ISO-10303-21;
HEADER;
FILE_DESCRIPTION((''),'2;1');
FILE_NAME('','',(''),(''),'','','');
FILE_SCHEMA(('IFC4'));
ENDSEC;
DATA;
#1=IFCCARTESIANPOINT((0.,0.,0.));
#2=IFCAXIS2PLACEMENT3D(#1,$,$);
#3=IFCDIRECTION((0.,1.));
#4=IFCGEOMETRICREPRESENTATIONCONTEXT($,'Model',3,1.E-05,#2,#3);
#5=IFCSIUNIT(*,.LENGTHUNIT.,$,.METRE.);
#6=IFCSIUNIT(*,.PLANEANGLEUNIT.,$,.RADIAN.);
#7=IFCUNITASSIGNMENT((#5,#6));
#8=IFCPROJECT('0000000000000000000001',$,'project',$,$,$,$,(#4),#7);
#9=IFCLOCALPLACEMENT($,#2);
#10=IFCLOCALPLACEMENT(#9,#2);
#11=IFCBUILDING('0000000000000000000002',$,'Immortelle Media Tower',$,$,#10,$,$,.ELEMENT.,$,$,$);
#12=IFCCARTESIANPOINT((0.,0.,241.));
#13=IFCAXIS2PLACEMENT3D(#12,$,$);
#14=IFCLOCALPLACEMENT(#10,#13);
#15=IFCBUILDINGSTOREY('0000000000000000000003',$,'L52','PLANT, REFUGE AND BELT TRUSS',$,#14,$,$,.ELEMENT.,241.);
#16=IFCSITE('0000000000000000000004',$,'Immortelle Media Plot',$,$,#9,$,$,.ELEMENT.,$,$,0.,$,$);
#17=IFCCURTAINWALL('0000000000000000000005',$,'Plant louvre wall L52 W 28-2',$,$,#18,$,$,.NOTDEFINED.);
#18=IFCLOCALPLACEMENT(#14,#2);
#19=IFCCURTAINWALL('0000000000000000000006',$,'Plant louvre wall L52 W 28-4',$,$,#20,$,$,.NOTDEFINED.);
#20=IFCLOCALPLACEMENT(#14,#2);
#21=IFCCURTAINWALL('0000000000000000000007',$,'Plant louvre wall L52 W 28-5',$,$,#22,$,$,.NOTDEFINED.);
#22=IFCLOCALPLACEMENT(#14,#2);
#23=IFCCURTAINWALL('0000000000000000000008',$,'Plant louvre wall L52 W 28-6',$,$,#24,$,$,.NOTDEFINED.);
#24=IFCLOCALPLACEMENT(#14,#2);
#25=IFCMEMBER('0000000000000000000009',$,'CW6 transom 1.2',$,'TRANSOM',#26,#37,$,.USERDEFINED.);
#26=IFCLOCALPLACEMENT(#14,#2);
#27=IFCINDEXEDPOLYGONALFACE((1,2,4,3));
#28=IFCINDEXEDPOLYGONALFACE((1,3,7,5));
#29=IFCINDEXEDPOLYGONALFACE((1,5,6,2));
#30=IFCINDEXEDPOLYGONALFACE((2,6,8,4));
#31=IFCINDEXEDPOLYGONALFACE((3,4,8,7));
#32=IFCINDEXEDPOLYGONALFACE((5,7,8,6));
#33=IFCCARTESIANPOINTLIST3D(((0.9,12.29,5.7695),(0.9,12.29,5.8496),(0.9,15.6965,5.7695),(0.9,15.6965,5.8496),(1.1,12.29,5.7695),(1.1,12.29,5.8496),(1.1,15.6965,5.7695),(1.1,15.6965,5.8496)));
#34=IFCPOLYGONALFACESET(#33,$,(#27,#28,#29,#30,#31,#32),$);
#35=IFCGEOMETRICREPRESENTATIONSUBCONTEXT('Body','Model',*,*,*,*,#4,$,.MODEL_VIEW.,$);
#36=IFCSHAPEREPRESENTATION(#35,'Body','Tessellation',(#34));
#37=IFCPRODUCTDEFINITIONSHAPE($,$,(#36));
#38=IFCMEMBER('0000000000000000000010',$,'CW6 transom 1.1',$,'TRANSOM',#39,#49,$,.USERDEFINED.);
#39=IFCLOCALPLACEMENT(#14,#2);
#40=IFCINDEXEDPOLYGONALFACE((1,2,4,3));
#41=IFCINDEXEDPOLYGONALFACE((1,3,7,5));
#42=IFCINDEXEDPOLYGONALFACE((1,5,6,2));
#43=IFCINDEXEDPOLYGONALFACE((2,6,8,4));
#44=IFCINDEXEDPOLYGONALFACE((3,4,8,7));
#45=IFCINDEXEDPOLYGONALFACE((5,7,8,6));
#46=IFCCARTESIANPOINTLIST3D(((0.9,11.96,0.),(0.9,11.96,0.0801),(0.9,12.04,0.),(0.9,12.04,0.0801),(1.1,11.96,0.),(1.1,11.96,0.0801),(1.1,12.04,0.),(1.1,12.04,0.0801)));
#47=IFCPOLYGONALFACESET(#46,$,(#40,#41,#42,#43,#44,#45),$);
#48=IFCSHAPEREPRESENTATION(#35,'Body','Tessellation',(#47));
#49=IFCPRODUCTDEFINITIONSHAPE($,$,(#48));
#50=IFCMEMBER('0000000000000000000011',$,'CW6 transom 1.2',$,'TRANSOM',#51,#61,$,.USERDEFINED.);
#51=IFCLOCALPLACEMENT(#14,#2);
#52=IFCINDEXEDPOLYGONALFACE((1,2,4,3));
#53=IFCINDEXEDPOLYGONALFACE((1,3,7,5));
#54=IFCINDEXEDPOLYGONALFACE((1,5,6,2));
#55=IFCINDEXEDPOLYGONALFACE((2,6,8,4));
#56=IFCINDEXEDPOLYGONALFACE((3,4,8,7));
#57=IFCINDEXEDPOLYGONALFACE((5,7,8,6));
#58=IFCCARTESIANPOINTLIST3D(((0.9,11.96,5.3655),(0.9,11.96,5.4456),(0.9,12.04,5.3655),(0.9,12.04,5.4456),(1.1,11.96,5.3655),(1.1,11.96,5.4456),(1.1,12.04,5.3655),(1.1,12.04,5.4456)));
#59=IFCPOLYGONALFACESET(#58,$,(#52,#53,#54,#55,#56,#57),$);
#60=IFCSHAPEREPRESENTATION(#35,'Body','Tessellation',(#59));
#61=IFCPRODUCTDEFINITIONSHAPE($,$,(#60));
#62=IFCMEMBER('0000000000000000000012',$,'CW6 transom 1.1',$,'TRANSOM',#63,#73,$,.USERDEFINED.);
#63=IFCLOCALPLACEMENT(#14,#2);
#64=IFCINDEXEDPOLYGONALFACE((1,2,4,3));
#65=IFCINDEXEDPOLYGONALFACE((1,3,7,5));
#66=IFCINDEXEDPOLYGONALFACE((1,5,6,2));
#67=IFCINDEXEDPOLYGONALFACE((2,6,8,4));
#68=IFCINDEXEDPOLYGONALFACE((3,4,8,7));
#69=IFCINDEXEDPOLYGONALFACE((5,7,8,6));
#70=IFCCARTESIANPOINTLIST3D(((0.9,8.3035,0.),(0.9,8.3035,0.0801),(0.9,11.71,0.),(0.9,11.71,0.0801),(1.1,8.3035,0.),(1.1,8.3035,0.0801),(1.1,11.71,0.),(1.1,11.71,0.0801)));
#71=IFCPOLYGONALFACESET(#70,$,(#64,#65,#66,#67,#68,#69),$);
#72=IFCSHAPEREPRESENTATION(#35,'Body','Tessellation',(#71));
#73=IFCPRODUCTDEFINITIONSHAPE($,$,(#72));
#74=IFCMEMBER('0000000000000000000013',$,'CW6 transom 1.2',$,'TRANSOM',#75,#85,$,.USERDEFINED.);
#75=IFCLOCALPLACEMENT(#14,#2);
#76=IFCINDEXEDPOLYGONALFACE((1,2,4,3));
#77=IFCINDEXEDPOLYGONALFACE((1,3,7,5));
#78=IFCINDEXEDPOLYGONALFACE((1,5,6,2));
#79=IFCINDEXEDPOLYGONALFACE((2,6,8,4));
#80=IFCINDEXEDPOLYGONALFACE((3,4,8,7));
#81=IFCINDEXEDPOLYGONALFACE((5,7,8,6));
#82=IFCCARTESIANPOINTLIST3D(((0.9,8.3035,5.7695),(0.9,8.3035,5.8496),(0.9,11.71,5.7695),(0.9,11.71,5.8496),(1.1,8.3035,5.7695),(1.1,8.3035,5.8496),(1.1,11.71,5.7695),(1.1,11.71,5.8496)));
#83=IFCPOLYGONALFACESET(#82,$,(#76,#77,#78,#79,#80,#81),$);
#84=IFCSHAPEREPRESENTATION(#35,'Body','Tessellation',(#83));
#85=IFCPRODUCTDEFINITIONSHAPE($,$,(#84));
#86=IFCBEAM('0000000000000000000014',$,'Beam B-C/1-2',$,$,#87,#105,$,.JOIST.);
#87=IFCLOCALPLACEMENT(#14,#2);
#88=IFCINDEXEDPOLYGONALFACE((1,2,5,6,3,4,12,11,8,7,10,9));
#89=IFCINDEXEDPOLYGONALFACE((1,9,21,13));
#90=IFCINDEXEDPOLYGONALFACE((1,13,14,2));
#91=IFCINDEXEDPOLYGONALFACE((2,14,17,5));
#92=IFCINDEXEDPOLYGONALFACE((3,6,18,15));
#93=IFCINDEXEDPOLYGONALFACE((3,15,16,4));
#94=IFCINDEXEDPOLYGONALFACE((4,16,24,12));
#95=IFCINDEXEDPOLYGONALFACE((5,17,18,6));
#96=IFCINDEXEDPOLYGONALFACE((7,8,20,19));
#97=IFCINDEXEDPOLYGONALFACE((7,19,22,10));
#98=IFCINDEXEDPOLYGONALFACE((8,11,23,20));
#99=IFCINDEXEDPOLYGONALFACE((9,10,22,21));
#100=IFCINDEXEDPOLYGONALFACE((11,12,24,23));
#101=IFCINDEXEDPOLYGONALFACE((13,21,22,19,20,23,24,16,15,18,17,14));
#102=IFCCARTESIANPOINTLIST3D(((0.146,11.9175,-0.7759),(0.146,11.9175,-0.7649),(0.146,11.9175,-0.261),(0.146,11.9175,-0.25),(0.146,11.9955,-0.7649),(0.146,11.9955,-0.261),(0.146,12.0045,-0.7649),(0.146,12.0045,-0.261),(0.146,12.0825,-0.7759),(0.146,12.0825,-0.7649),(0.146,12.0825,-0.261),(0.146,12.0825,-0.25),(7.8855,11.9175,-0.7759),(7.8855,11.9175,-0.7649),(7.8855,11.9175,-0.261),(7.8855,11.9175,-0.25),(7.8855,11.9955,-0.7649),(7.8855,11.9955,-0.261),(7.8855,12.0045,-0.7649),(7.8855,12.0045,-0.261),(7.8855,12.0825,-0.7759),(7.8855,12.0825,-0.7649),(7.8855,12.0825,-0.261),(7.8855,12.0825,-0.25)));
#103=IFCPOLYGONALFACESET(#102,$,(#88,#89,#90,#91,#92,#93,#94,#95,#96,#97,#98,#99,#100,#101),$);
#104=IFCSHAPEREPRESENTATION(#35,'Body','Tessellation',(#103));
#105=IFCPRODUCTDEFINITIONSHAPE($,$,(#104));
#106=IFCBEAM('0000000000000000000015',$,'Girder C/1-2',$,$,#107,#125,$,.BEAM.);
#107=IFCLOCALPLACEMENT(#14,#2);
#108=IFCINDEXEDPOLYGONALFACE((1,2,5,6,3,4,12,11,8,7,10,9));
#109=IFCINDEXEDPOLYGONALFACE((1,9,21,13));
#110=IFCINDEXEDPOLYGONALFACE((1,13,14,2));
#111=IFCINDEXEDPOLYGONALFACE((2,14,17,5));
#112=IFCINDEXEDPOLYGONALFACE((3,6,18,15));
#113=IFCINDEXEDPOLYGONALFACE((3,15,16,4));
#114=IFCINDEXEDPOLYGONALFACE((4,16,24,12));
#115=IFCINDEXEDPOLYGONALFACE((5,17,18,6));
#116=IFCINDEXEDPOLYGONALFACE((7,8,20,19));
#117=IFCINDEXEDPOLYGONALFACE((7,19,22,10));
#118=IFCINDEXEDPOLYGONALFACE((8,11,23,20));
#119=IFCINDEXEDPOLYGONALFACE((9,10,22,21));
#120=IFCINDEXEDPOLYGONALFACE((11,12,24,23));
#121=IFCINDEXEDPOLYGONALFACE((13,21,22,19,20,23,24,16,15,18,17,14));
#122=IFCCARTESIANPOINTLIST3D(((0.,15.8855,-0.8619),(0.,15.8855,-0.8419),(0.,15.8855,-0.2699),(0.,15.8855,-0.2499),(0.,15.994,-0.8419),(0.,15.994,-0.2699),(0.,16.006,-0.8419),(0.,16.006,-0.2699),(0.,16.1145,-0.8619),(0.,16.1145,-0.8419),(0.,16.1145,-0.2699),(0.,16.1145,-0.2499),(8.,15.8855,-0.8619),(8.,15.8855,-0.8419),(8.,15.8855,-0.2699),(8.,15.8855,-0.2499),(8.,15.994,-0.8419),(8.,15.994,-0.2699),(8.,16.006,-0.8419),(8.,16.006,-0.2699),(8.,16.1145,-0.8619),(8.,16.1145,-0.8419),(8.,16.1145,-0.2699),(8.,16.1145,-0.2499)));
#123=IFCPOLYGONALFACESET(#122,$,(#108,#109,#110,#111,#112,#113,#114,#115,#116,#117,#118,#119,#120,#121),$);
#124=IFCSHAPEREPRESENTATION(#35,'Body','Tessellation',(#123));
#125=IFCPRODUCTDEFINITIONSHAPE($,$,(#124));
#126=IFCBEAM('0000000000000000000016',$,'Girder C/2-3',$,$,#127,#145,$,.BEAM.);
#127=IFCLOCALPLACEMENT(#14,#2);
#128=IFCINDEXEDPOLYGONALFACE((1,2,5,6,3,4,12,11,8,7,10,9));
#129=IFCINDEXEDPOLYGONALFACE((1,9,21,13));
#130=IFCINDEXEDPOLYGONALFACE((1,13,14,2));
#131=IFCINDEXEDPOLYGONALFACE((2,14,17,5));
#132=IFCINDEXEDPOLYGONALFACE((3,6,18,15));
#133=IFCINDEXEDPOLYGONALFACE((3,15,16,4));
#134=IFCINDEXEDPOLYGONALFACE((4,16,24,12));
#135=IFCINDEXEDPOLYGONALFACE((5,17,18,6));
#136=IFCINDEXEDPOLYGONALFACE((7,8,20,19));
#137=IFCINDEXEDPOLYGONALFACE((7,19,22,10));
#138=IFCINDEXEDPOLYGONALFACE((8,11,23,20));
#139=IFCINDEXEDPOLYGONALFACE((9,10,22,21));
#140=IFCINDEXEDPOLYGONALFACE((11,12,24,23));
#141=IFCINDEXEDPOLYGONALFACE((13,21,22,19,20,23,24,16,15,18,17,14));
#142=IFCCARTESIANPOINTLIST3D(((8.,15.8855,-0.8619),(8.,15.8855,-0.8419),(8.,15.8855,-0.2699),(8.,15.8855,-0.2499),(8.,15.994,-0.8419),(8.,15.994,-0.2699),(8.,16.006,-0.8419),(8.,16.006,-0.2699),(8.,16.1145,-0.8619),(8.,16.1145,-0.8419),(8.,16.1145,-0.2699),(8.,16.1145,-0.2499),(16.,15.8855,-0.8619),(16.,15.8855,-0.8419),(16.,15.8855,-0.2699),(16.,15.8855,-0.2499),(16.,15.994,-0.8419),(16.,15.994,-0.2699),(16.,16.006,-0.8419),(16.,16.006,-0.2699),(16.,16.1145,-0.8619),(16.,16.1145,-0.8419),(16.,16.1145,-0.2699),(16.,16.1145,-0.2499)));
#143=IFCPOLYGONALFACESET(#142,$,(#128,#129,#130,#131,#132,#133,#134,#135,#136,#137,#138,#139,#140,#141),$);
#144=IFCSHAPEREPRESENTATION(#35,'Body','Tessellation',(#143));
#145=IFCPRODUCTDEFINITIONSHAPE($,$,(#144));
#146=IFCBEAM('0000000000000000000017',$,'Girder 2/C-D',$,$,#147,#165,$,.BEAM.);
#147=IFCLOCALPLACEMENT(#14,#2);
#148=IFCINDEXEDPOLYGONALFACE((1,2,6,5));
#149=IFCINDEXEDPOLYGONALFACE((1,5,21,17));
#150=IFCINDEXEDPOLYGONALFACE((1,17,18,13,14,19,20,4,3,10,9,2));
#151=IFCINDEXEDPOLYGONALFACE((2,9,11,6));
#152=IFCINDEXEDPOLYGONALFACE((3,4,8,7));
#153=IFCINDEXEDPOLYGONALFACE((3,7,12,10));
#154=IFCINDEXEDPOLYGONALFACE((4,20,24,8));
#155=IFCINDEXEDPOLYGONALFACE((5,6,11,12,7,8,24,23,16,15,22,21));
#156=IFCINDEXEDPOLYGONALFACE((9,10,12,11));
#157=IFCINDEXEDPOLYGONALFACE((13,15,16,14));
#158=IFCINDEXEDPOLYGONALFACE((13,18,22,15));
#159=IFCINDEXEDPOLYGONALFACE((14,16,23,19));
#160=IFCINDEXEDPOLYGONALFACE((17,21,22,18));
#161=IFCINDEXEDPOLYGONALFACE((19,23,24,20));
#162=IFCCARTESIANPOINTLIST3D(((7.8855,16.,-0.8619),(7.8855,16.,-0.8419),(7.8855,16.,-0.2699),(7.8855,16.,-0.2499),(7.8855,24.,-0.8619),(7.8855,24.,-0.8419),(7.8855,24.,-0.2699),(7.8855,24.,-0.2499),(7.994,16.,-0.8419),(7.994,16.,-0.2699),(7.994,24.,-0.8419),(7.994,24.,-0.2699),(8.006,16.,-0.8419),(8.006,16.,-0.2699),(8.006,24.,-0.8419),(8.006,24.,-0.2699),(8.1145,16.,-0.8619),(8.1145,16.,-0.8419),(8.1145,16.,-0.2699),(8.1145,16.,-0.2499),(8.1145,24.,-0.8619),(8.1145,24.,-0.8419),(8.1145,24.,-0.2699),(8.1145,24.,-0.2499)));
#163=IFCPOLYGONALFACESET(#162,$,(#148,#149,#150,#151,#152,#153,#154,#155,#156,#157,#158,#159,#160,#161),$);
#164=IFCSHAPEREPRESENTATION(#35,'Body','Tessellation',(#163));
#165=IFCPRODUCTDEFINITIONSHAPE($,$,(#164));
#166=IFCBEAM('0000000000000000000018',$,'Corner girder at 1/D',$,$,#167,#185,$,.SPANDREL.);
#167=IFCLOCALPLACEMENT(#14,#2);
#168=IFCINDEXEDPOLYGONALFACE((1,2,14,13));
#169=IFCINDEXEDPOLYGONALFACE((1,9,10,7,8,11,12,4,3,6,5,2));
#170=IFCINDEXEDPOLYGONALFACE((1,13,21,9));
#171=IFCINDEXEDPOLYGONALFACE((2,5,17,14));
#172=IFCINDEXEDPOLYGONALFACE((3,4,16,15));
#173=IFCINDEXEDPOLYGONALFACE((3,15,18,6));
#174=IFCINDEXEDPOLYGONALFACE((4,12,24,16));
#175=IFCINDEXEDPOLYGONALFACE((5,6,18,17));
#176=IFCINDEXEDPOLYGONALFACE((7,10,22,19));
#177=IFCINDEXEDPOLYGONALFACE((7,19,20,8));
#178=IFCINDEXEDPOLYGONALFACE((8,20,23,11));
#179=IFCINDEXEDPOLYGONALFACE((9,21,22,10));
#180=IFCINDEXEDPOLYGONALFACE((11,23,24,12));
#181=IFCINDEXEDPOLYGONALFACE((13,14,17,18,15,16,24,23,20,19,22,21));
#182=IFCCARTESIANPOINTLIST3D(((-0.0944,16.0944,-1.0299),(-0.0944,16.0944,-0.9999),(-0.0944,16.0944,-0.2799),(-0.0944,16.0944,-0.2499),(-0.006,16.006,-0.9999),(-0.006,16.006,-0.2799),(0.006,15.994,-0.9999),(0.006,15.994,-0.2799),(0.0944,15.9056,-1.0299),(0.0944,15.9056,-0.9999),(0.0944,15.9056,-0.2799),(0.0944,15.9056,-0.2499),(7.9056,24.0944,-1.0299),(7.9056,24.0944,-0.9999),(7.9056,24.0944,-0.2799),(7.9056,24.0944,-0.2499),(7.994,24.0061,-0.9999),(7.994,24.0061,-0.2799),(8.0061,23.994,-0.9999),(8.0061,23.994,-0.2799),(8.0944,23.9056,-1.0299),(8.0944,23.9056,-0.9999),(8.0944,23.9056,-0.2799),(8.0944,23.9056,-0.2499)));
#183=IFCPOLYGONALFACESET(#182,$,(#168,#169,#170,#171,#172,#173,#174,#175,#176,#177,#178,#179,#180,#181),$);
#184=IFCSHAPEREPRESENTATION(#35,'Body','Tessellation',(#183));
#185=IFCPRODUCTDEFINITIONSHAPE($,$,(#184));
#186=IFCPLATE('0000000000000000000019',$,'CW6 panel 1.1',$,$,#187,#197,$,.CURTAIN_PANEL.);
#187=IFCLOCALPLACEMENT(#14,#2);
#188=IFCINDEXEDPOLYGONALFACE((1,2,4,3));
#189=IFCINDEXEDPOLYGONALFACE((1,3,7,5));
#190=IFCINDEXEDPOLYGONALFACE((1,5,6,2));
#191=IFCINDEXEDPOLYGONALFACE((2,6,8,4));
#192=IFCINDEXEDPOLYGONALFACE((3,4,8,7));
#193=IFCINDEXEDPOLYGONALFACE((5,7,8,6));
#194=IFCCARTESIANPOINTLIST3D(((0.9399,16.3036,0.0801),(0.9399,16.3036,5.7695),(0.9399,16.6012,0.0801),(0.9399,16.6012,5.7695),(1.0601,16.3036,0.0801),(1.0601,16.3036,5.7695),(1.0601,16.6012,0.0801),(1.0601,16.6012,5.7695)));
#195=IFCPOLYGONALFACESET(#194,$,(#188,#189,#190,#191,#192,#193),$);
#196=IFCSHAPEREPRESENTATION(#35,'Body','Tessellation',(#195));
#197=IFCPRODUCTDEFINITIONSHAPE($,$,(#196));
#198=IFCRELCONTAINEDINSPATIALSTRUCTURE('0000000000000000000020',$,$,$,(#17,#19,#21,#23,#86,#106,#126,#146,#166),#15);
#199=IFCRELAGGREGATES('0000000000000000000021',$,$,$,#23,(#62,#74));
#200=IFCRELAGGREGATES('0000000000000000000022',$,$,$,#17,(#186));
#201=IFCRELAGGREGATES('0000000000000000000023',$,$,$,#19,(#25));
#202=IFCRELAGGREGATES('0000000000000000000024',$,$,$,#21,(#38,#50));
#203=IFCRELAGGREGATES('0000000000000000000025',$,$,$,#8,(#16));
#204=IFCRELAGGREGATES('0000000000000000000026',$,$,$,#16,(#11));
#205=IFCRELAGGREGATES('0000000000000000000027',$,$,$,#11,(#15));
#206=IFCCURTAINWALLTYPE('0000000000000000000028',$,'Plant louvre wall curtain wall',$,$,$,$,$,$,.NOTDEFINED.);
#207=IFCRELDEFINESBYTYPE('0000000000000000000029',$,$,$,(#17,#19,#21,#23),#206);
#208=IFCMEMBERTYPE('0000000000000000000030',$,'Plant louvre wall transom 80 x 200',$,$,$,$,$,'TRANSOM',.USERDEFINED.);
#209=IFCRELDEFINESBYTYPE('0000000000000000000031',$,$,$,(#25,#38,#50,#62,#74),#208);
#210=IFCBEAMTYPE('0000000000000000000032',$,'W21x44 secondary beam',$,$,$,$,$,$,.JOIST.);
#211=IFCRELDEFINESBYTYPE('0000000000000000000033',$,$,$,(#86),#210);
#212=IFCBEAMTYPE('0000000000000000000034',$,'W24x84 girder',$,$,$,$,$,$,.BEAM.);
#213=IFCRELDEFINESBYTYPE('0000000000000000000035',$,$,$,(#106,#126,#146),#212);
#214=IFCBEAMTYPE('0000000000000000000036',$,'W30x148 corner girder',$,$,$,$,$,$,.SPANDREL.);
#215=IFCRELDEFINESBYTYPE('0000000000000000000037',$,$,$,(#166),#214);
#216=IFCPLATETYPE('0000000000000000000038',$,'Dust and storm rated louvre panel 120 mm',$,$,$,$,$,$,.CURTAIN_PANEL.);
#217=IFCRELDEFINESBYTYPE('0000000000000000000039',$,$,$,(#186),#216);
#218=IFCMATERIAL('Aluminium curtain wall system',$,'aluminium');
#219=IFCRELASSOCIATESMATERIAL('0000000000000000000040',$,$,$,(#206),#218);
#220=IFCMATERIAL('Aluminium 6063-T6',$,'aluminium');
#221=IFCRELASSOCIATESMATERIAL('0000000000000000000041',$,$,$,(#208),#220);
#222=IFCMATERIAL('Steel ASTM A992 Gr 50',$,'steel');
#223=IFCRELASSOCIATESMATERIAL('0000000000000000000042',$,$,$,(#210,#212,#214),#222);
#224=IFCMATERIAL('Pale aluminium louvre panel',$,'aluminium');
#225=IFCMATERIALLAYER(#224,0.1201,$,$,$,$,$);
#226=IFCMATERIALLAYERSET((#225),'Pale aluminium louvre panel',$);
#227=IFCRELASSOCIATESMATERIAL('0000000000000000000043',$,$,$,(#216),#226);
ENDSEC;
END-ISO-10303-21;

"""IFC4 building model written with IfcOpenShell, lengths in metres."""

from ifc_helpers import new_model, si_unit, direction, frame, origin, origin_2d, place, context, subcontext, project, spatial, rectangle, i_section, extrude, material, layer, layer_set, material_profile, profile_set, type_object, element, aggregate, save


model = new_model("IFC4")

# Units and contexts
model_context = context("Model", 3, precision=1e-05, world=origin(), true_north=direction((0.0, 1.0)))
body_context = subcontext(model_context, "Body", "Model", "MODEL_VIEW")
ifc_project = project(units=[si_unit("LENGTHUNIT", "METRE"), si_unit("PLANEANGLEUNIT", "RADIAN")], contexts=[model_context])

# Site, building, storey
site_placement = place(None, origin())
site = spatial("IfcSite", under=ifc_project, at=site_placement, Name="Immortelle Media Plot", CompositionType="ELEMENT", RefElevation=0.0)
building_placement = place(site_placement, origin())
building = spatial("IfcBuilding", under=site, at=building_placement, Name="Immortelle Media Tower", CompositionType="ELEMENT")
storey_placement = place(building_placement, frame((0.0, 0.0, 241.0)))
storey = spatial("IfcBuildingStorey", under=building, at=storey_placement, Name="L52", Description="PLANT, REFUGE AND BELT TRUSS", CompositionType="ELEMENT", Elevation=241.0)

# Shared definitions
ifc_material_1 = material(Name="Steel ASTM A992 Gr 50", Category="steel")

# Curtain wall
ifc_material_2 = material(Name="Aluminium curtain wall system", Category="aluminium")
curtain_wall_type = type_object("IfcCurtainWallType", Name="Plant louvre wall curtain wall", PredefinedType="NOTDEFINED", material=ifc_material_2)
curtain_wall_1_placement = place(storey_placement, origin())
curtain_wall_1 = element("IfcCurtainWall", 1, at=curtain_wall_1_placement, inside=storey, type_object=curtain_wall_type, Name="Plant louvre wall L52 W 28-2", PredefinedType="NOTDEFINED")
ifc_material_3 = material(Name="Aluminium 6063-T6", Category="aluminium")

# Curtain walls
curtain_wall_2_placement = place(storey_placement, origin())
curtain_wall_2 = element("IfcCurtainWall", 2, at=curtain_wall_2_placement, inside=storey, type_object=curtain_wall_type, Name="Plant louvre wall L52 W 28-4", PredefinedType="NOTDEFINED")
curtain_wall_3_placement = place(storey_placement, origin())
curtain_wall_3 = element("IfcCurtainWall", 3, at=curtain_wall_3_placement, inside=storey, type_object=curtain_wall_type, Name="Plant louvre wall L52 W 28-5", PredefinedType="NOTDEFINED")

# Curtain wall
curtain_wall_4_placement = place(storey_placement, origin())
curtain_wall_4 = element("IfcCurtainWall", 4, at=curtain_wall_4_placement, inside=storey, type_object=curtain_wall_type, Name="Plant louvre wall L52 W 28-6", PredefinedType="NOTDEFINED")

# Members
ifc_material_profile_1 = material_profile(ifc_material_3, rectangle(XDim=0.2, YDim=0.0801, at=origin_2d()), Name="AL 80x200")
ifc_profile_set_1 = profile_set([ifc_material_profile_1], Name="Aluminium 6063-T6")
member_type_1 = type_object("IfcMemberType", Name="Plant louvre wall transom 80 x 200", ElementType="TRANSOM", PredefinedType="USERDEFINED", material=ifc_profile_set_1)
member_1_placement = place(storey_placement, frame((1.0, 15.6965, 5.8096), z_axis=(0.0, -1.0, 0.0), x_axis=(1.0, 0.0, 0.0)))
member_1 = element("IfcMember", 5, at=member_1_placement, type_object=member_type_1, Name="CW6 transom 1.2", ObjectType="TRANSOM", PredefinedType="USERDEFINED", context=body_context, shape_type="SweptSolid", body=[
    extrude(rectangle(XDim=0.2, YDim=0.0801, at=origin_2d()), origin(), (0.0, 0.0, 1.0), 3.4065),
])
member_2_placement = place(storey_placement, frame((1.0, 12.04, 0.04), z_axis=(0.0, -1.0, 0.0), x_axis=(1.0, 0.0, 0.0)))
member_2 = element("IfcMember", 6, at=member_2_placement, type_object=member_type_1, Name="CW6 transom 1.1", ObjectType="TRANSOM", PredefinedType="USERDEFINED", context=body_context, shape_type="SweptSolid", body=[
    extrude(rectangle(XDim=0.2, YDim=0.0801, at=origin_2d()), origin(), (0.0, 0.0, 1.0), 0.0801),
])
member_3_placement = place(storey_placement, frame((1.0, 12.04, 5.4055), z_axis=(0.0, -1.0, 0.0), x_axis=(1.0, 0.0, 0.0)))
member_3 = element("IfcMember", 7, at=member_3_placement, type_object=member_type_1, Name="CW6 transom 1.2", ObjectType="TRANSOM", PredefinedType="USERDEFINED", context=body_context, shape_type="SweptSolid", body=[
    extrude(rectangle(XDim=0.2, YDim=0.0801, at=origin_2d()), origin(), (0.0, 0.0, 1.0), 0.0801),
])
member_4_placement = place(storey_placement, frame((1.0, 11.71, 0.04), z_axis=(0.0, -1.0, 0.0), x_axis=(1.0, 0.0, 0.0)))
member_4 = element("IfcMember", 8, at=member_4_placement, type_object=member_type_1, Name="CW6 transom 1.1", ObjectType="TRANSOM", PredefinedType="USERDEFINED", context=body_context, shape_type="SweptSolid", body=[
    extrude(rectangle(XDim=0.2, YDim=0.0801, at=origin_2d()), origin(), (0.0, 0.0, 1.0), 3.4065),
])
member_5_placement = place(storey_placement, frame((1.0, 11.71, 5.8096), z_axis=(0.0, -1.0, 0.0), x_axis=(1.0, 0.0, 0.0)))
member_5 = element("IfcMember", 9, at=member_5_placement, type_object=member_type_1, Name="CW6 transom 1.2", ObjectType="TRANSOM", PredefinedType="USERDEFINED", context=body_context, shape_type="SweptSolid", body=[
    extrude(rectangle(XDim=0.2, YDim=0.0801, at=origin_2d()), origin(), (0.0, 0.0, 1.0), 3.4065),
])
aggregate(curtain_wall_4, [member_4, member_5])

# Beams
ifc_material_profile_2 = material_profile(ifc_material_1, i_section(OverallWidth=0.165, OverallDepth=0.5259, WebThickness=0.009, FlangeThickness=0.011, at=origin_2d()), Name="W21x44")
ifc_profile_set_2 = profile_set([ifc_material_profile_2], Name="Steel ASTM A992 Gr 50")
beam_type_1 = type_object("IfcBeamType", Name="W21x44 secondary beam", PredefinedType="JOIST", material=ifc_profile_set_2)
beam_1_placement = place(storey_placement, frame((0.146, 12.0, -0.5129), z_axis=(1.0, 0.0, 0.0), x_axis=(0.0, 1.0, 0.0)))
element("IfcBeam", 10, at=beam_1_placement, inside=storey, type_object=beam_type_1, Name="Beam B-C/1-2", PredefinedType="JOIST", context=body_context, shape_type="SweptSolid", body=[
    extrude(i_section(OverallWidth=0.165, OverallDepth=0.5259, WebThickness=0.009, FlangeThickness=0.011, at=origin_2d()), origin(), (0.0, 0.0, 1.0), 7.7395),
])
ifc_material_profile_3 = material_profile(ifc_material_1, i_section(OverallWidth=0.229, OverallDepth=0.6121, WebThickness=0.012, FlangeThickness=0.02, at=origin_2d()), Name="W24x84")
ifc_profile_set_3 = profile_set([ifc_material_profile_3], Name="Steel ASTM A992 Gr 50")
beam_type_2 = type_object("IfcBeamType", Name="W24x84 girder", PredefinedType="BEAM", material=ifc_profile_set_3)
for number, where, z_axis, x_axis, name in (
    (11, (0.0, 16.0, -0.5559), (1.0, 0.0, 0.0), (0.0, 1.0, 0.0), "Girder C/1-2"),
    (12, (8.0, 16.0, -0.5559), (1.0, 0.0, 0.0), (0.0, 1.0, 0.0), "Girder C/2-3"),
    (13, (8.0, 16.0, -0.5559), (0.0, 1.0, 0.0), (-1.0, 0.0, 0.0), "Girder 2/C-D"),
):
    element("IfcBeam", number, at=place(storey_placement, frame(where, z_axis=z_axis, x_axis=x_axis)), inside=storey, type_object=beam_type_2, Name=name, PredefinedType="BEAM", context=body_context, shape_type="SweptSolid", body=[
        extrude(i_section(OverallWidth=0.229, OverallDepth=0.6121, WebThickness=0.012, FlangeThickness=0.02, at=origin_2d()), origin(), (0.0, 0.0, 1.0), 8.0),
    ])
ifc_material_profile_4 = material_profile(ifc_material_1, i_section(OverallWidth=0.2671, OverallDepth=0.78, WebThickness=0.0171, FlangeThickness=0.03, at=origin_2d()), Name="W30x148")
ifc_profile_set_4 = profile_set([ifc_material_profile_4], Name="Steel ASTM A992 Gr 50")
beam_type_3 = type_object("IfcBeamType", Name="W30x148 corner girder", PredefinedType="SPANDREL", material=ifc_profile_set_4)
beam_2_placement = place(storey_placement, frame((0.0, 16.0, -0.6399), z_axis=(0.707107, 0.707107, 0.0), x_axis=(-0.707107, 0.707107, 0.0)))
element("IfcBeam", 14, at=beam_2_placement, inside=storey, type_object=beam_type_3, Name="Corner girder at 1/D", PredefinedType="SPANDREL", context=body_context, shape_type="SweptSolid", body=[
    extrude(i_section(OverallWidth=0.2671, OverallDepth=0.78, WebThickness=0.0171, FlangeThickness=0.03, at=origin_2d()), origin(), (0.0, 0.0, 1.0), 11.3137),
])

# Plate
ifc_material_4 = material(Name="Pale aluminium louvre panel", Category="aluminium")
ifc_layer_1 = layer(ifc_material_4, 0.1201)
ifc_layer_set_1 = layer_set([ifc_layer_1], Name="Pale aluminium louvre panel")
plate_type = type_object("IfcPlateType", Name="Dust and storm rated louvre panel 120 mm", PredefinedType="CURTAIN_PANEL", material=ifc_layer_set_1)
plate_1_placement = place(storey_placement, frame((1.0, 16.4524, 0.0801), z_axis=(0.0, 0.0, 1.0), x_axis=(0.0, -1.0, 0.0)))
plate_1 = element("IfcPlate", 15, at=plate_1_placement, type_object=plate_type, Name="CW6 panel 1.1", PredefinedType="CURTAIN_PANEL", context=body_context, shape_type="SweptSolid", body=[
    extrude(rectangle(XDim=0.2976, YDim=0.1201, at=origin_2d()), origin(), (0.0, 0.0, 1.0), 5.6895),
])
aggregate(curtain_wall_1, [plate_1])
aggregate(curtain_wall_2, [member_1])
aggregate(curtain_wall_3, [member_2, member_3])

save(model, "model.ifc")
